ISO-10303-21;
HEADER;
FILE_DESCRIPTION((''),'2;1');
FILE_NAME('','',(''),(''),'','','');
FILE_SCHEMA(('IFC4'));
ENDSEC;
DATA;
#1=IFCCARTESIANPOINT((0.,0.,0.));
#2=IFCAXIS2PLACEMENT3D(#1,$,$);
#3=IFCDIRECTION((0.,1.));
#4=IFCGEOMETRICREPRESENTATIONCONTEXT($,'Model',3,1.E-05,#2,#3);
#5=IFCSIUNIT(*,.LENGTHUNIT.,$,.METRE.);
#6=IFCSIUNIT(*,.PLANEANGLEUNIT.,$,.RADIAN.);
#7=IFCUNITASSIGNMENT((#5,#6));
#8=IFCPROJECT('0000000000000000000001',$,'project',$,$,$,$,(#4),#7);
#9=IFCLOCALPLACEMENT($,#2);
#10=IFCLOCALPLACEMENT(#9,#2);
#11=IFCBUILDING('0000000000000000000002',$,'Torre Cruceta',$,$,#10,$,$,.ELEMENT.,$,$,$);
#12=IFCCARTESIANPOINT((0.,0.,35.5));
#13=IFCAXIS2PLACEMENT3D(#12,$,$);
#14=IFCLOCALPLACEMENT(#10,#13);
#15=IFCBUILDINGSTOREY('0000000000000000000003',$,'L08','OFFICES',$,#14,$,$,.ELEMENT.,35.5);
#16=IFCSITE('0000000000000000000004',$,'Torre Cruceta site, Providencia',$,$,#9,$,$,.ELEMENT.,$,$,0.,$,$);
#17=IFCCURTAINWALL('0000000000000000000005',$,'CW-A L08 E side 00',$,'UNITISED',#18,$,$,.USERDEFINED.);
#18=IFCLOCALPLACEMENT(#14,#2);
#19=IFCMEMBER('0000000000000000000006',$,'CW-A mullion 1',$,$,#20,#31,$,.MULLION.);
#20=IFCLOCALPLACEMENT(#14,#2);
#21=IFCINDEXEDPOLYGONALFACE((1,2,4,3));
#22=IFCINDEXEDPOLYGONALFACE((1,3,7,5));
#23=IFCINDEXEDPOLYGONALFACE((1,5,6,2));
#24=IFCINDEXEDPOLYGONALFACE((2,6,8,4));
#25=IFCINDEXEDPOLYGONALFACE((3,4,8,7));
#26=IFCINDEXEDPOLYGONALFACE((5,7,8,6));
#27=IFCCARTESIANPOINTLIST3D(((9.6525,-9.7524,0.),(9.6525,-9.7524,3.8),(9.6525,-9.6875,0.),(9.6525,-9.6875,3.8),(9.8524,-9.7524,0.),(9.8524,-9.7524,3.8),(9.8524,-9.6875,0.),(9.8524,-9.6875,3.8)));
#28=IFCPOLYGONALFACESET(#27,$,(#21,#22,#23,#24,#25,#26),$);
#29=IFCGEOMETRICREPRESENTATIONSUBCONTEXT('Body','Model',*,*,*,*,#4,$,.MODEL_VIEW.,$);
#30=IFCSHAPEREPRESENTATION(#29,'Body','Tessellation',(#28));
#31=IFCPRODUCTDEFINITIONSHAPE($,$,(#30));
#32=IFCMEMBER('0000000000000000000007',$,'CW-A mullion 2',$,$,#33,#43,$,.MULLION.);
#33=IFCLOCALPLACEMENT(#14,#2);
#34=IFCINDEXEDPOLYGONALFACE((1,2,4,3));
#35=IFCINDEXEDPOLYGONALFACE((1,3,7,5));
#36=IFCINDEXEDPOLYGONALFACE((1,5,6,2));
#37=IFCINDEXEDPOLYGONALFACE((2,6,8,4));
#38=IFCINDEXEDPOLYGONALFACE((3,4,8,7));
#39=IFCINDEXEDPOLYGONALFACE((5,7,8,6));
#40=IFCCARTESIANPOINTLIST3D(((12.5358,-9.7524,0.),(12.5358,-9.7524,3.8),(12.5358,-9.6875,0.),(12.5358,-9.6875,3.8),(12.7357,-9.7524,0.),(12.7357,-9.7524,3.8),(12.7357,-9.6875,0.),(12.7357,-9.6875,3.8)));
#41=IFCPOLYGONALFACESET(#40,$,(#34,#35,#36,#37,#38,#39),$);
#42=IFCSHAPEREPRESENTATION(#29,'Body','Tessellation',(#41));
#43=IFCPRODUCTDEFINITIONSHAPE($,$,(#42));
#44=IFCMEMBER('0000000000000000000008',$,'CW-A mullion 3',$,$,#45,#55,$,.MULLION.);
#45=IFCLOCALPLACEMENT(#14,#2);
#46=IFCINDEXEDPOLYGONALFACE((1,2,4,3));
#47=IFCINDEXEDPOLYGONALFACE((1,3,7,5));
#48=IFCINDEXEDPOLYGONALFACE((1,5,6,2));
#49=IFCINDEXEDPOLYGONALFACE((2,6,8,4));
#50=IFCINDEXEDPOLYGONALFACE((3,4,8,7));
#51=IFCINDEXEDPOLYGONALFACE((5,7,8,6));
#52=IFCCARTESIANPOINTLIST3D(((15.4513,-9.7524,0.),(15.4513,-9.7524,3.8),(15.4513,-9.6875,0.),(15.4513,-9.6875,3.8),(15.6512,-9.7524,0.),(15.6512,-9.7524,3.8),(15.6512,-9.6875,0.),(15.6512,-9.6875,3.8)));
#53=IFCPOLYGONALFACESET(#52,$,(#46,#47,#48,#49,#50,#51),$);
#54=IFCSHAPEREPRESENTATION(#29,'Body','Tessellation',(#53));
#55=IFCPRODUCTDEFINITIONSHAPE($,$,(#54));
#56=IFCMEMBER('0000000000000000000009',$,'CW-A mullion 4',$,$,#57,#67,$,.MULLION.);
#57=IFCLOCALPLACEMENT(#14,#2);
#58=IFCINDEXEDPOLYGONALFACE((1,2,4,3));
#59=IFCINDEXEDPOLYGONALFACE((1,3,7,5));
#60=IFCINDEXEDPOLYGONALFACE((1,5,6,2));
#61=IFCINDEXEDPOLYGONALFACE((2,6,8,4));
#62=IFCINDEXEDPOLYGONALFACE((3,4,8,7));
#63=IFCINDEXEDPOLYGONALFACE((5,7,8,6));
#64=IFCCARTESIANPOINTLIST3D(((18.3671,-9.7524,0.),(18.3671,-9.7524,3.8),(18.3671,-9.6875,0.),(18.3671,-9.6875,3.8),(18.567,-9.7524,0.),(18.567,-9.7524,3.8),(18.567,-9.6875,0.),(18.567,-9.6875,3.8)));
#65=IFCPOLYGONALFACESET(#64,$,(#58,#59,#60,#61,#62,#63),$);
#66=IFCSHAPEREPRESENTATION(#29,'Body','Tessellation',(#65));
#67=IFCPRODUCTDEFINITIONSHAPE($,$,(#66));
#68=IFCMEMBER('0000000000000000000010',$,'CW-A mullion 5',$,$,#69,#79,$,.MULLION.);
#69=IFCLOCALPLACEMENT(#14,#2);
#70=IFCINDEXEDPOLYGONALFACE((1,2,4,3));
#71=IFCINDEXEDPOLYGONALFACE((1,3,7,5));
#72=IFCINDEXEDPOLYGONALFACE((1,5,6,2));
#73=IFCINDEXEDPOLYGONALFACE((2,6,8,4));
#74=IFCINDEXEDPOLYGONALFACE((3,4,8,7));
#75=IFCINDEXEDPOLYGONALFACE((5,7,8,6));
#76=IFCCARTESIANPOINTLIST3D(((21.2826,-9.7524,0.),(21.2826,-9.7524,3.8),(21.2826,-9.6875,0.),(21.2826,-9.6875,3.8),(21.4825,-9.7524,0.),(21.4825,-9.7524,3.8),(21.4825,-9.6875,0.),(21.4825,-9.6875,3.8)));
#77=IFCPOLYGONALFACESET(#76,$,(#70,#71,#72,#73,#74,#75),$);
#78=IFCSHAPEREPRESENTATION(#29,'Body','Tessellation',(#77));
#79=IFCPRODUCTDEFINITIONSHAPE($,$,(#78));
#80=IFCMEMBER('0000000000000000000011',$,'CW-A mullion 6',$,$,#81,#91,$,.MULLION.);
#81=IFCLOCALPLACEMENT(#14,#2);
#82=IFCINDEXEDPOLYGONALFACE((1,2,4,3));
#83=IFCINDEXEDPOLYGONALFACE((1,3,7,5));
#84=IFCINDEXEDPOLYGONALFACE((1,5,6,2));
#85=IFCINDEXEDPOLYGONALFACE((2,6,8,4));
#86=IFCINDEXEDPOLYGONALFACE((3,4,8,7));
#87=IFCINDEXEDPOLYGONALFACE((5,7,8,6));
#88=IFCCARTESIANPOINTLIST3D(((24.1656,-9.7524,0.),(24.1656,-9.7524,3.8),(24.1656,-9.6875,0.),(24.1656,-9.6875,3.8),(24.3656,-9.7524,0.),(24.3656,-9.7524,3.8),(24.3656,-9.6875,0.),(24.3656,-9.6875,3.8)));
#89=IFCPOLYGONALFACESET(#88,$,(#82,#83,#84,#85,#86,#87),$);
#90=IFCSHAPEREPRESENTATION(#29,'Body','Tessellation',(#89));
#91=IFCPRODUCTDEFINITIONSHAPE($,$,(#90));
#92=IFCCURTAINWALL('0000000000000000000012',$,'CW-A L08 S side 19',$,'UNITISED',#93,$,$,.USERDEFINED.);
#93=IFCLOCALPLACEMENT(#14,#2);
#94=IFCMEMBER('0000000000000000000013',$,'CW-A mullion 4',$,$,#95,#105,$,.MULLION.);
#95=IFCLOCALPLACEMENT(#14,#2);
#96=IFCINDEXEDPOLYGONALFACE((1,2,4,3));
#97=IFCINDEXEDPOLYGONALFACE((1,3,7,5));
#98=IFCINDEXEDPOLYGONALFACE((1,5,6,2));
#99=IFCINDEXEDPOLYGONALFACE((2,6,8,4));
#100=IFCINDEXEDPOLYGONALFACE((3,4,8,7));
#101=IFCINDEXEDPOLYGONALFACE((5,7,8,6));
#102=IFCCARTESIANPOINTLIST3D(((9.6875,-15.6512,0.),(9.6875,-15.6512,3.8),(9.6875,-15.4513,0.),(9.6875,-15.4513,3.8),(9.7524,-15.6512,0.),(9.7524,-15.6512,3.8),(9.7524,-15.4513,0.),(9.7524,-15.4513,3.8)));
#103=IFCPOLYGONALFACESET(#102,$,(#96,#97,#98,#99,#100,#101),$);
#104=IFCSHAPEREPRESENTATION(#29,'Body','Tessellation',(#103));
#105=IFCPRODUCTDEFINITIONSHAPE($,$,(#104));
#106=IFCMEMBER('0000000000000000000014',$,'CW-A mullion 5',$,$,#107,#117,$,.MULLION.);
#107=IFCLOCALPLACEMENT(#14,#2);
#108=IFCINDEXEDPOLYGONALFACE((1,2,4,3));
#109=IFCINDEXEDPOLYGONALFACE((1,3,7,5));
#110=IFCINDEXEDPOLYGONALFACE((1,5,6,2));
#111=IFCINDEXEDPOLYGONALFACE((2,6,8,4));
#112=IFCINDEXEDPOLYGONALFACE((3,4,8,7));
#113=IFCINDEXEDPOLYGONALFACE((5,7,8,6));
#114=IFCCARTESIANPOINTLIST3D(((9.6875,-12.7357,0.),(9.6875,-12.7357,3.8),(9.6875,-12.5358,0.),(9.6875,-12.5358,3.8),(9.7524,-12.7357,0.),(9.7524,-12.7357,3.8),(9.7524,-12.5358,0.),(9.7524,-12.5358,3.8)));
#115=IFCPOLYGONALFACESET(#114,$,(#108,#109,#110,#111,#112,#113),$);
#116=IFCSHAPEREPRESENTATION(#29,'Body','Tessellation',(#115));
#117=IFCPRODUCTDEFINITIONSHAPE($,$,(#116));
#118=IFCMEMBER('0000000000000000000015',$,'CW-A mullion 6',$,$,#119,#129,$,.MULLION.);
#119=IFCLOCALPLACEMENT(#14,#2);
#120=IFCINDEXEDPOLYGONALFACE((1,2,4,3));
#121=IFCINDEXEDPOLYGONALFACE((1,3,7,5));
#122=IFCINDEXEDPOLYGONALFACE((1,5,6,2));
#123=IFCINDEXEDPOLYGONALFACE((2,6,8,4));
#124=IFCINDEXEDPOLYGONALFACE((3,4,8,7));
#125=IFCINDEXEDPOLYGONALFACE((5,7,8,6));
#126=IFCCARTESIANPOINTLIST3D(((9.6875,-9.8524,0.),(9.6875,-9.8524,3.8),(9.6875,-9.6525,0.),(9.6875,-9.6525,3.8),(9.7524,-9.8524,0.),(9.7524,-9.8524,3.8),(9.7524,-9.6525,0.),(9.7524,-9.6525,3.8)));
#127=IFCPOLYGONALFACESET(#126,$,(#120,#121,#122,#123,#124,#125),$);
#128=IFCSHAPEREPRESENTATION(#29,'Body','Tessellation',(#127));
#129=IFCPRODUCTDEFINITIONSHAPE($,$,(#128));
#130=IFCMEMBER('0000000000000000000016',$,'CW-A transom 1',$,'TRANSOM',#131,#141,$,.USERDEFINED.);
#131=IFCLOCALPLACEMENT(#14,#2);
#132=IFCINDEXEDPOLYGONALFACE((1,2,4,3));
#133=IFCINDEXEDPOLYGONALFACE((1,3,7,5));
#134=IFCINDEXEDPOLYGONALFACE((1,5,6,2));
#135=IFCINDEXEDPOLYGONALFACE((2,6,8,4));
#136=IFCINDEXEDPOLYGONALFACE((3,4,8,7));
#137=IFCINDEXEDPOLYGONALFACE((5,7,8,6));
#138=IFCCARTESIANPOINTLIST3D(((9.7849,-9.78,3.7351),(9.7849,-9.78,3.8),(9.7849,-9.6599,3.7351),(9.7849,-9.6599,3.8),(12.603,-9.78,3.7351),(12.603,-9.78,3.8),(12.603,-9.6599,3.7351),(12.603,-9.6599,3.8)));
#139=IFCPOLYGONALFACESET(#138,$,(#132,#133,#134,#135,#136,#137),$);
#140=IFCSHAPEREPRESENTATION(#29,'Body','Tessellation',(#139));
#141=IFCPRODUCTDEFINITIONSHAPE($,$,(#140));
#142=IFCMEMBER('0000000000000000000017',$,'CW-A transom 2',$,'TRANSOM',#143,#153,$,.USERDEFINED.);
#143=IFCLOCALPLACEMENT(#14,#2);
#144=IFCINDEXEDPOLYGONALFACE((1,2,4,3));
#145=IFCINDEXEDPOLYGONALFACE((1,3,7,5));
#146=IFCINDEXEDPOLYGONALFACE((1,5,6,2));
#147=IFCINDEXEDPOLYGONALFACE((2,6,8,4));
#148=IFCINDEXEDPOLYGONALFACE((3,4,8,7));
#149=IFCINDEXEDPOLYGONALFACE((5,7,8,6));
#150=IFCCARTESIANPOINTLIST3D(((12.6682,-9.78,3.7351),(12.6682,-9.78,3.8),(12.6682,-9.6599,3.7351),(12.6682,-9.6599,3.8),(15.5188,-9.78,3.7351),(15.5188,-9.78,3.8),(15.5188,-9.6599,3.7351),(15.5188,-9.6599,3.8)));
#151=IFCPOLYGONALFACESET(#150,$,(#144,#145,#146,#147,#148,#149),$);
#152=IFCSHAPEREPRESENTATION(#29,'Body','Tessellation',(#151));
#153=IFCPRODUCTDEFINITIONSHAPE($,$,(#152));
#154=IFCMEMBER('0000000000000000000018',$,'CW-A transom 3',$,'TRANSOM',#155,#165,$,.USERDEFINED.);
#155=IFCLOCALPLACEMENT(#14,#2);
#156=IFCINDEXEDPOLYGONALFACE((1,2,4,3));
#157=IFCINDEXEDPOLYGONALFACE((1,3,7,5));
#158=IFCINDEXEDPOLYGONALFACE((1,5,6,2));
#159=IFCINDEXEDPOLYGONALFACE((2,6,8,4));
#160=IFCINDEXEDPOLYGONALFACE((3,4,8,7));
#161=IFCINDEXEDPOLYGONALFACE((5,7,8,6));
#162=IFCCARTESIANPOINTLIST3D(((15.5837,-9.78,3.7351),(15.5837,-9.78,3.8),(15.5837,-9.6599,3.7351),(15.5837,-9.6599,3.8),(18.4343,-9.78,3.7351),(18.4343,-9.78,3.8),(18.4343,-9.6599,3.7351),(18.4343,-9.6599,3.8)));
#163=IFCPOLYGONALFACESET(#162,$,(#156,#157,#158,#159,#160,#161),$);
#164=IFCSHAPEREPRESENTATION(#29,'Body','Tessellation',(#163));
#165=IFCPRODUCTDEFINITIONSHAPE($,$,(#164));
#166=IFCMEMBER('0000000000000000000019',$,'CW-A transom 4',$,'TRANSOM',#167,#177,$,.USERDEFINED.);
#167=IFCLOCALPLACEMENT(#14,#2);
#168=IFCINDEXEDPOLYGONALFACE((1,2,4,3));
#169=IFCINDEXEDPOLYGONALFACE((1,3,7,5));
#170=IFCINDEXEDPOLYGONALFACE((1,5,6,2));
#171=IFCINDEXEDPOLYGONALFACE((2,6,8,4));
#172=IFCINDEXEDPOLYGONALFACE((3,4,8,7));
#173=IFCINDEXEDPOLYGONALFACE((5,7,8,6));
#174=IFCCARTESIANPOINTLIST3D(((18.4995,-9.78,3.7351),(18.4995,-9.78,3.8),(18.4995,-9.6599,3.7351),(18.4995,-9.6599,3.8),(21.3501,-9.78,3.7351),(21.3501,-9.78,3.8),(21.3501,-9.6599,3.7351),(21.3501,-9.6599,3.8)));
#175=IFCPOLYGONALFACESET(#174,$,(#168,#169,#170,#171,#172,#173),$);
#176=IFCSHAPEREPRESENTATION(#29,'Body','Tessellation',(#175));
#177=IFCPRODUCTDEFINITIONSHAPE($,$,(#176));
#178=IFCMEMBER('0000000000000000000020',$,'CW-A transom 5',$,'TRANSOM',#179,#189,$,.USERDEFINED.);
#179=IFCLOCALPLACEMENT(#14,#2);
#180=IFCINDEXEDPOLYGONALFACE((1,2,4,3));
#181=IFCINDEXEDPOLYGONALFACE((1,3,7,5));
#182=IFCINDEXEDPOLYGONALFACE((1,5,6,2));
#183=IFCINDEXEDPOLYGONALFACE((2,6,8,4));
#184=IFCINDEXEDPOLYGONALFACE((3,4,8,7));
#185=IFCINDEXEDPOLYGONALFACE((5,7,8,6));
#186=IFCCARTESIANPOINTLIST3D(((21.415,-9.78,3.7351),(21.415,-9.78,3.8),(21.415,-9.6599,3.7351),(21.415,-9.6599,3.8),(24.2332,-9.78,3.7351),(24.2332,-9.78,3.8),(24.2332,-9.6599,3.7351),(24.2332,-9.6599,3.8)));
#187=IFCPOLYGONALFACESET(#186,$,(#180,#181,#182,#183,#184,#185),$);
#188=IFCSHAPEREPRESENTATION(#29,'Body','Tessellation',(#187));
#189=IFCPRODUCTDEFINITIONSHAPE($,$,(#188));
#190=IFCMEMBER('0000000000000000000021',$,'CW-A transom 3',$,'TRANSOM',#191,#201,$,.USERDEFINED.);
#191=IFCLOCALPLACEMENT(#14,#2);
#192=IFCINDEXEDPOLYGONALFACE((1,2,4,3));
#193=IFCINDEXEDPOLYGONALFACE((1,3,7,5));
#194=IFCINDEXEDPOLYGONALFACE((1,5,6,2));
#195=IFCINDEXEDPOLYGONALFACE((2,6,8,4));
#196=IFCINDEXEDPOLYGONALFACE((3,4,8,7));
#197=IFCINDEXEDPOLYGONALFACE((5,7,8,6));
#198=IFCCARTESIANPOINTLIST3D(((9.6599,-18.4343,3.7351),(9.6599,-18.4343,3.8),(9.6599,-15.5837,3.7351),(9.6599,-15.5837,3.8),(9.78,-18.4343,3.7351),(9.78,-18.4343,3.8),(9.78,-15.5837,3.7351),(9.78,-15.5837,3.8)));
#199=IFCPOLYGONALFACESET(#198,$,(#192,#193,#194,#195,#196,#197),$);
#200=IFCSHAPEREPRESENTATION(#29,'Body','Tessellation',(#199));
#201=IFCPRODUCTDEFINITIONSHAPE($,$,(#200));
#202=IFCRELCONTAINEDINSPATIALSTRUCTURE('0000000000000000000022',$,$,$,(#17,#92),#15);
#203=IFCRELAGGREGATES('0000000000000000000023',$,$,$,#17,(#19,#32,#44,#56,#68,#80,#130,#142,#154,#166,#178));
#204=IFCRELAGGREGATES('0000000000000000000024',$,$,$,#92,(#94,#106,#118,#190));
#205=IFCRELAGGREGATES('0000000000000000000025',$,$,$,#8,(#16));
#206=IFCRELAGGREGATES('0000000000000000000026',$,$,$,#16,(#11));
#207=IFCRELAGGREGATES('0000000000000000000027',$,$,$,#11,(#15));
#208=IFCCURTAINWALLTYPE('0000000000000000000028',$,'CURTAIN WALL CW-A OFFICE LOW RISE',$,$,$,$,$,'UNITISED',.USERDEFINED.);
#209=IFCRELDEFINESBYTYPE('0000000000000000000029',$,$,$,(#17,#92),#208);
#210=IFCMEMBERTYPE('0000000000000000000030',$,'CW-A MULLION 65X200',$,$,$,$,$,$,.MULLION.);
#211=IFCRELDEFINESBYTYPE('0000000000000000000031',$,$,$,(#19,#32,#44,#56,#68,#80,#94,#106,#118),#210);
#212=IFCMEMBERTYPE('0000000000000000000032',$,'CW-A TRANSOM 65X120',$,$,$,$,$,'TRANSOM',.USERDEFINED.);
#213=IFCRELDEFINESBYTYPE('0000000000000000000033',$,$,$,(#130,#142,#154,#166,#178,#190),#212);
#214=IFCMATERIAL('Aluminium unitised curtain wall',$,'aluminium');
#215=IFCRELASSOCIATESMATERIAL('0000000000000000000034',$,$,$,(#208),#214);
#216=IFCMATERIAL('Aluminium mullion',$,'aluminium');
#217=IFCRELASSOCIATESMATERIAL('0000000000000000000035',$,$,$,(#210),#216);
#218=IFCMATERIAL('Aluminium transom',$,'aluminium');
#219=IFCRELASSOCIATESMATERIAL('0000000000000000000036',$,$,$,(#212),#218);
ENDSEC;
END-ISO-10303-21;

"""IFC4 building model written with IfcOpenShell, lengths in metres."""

from ifc_helpers import new_model, si_unit, direction, frame, origin, origin_2d, place, context, subcontext, project, spatial, rectangle, extrude, material, material_profile, profile_set, type_object, element, aggregate, save


model = new_model("IFC4")

# Units and contexts
model_context = context("Model", 3, precision=1e-05, world=origin(), true_north=direction((0.0, 1.0)))
body_context = subcontext(model_context, "Body", "Model", "MODEL_VIEW")
ifc_project = project(units=[si_unit("LENGTHUNIT", "METRE"), si_unit("PLANEANGLEUNIT", "RADIAN")], contexts=[model_context])

# Site, building, storey
site_placement = place(None, origin())
site = spatial("IfcSite", under=ifc_project, at=site_placement, Name="Torre Cruceta site, Providencia", CompositionType="ELEMENT", RefElevation=0.0)
building_placement = place(site_placement, origin())
building = spatial("IfcBuilding", under=site, at=building_placement, Name="Torre Cruceta", CompositionType="ELEMENT")
storey_placement = place(building_placement, frame((0.0, 0.0, 35.5)))
storey = spatial("IfcBuildingStorey", under=building, at=storey_placement, Name="L08", Description="OFFICES", CompositionType="ELEMENT", Elevation=35.5)

# Curtain walls, members
ifc_material_1 = material(Name="Aluminium unitised curtain wall", Category="aluminium")
curtain_wall_type = type_object("IfcCurtainWallType", Name="CURTAIN WALL CW-A OFFICE LOW RISE", ElementType="UNITISED", PredefinedType="USERDEFINED", material=ifc_material_1)
curtain_wall_1_placement = place(storey_placement, origin())
curtain_wall_1 = element("IfcCurtainWall", 1, at=curtain_wall_1_placement, inside=storey, type_object=curtain_wall_type, Name="CW-A L08 E side 00", ObjectType="UNITISED", PredefinedType="USERDEFINED")
ifc_material_2 = material(Name="Aluminium mullion", Category="aluminium")
ifc_material_profile_1 = material_profile(ifc_material_2, rectangle(XDim=0.0649, YDim=0.2, at=origin_2d()), Name="AL 65X200")
ifc_profile_set_1 = profile_set([ifc_material_profile_1], Name="Aluminium mullion")
member_type_1 = type_object("IfcMemberType", Name="CW-A MULLION 65X200", PredefinedType="MULLION", material=ifc_profile_set_1)
member_1_placement = place(storey_placement, frame((9.7524, -9.72, 0.0), z_axis=(0.0, 0.0, 1.0), x_axis=(0.0, 1.0, 0.0)))
member_1 = element("IfcMember", 2, at=member_1_placement, type_object=member_type_1, Name="CW-A mullion 1", PredefinedType="MULLION", context=body_context, shape_type="SweptSolid", body=[
    extrude(rectangle(XDim=0.0649, YDim=0.2, at=origin_2d()), origin(), (0.0, 0.0, 1.0), 3.8),
])
member_2_placement = place(storey_placement, frame((12.6357, -9.72, 0.0), z_axis=(0.0, 0.0, 1.0), x_axis=(0.0, 1.0, 0.0)))
member_2 = element("IfcMember", 3, at=member_2_placement, type_object=member_type_1, Name="CW-A mullion 2", PredefinedType="MULLION", context=body_context, shape_type="SweptSolid", body=[
    extrude(rectangle(XDim=0.0649, YDim=0.2, at=origin_2d()), origin(), (0.0, 0.0, 1.0), 3.8),
])
member_3_placement = place(storey_placement, frame((15.5513, -9.72, 0.0), z_axis=(0.0, 0.0, 1.0), x_axis=(0.0, 1.0, 0.0)))
member_3 = element("IfcMember", 4, at=member_3_placement, type_object=member_type_1, Name="CW-A mullion 3", PredefinedType="MULLION", context=body_context, shape_type="SweptSolid", body=[
    extrude(rectangle(XDim=0.0649, YDim=0.2, at=origin_2d()), origin(), (0.0, 0.0, 1.0), 3.8),
])
member_4_placement = place(storey_placement, frame((18.467, -9.72, 0.0), z_axis=(0.0, 0.0, 1.0), x_axis=(0.0, 1.0, 0.0)))
member_4 = element("IfcMember", 5, at=member_4_placement, type_object=member_type_1, Name="CW-A mullion 4", PredefinedType="MULLION", context=body_context, shape_type="SweptSolid", body=[
    extrude(rectangle(XDim=0.0649, YDim=0.2, at=origin_2d()), origin(), (0.0, 0.0, 1.0), 3.8),
])
member_5_placement = place(storey_placement, frame((21.3826, -9.72, 0.0), z_axis=(0.0, 0.0, 1.0), x_axis=(0.0, 1.0, 0.0)))
member_5 = element("IfcMember", 6, at=member_5_placement, type_object=member_type_1, Name="CW-A mullion 5", PredefinedType="MULLION", context=body_context, shape_type="SweptSolid", body=[
    extrude(rectangle(XDim=0.0649, YDim=0.2, at=origin_2d()), origin(), (0.0, 0.0, 1.0), 3.8),
])
member_6_placement = place(storey_placement, frame((24.2656, -9.72, 0.0), z_axis=(0.0, 0.0, 1.0), x_axis=(0.0, 1.0, 0.0)))
member_6 = element("IfcMember", 7, at=member_6_placement, type_object=member_type_1, Name="CW-A mullion 6", PredefinedType="MULLION", context=body_context, shape_type="SweptSolid", body=[
    extrude(rectangle(XDim=0.0649, YDim=0.2, at=origin_2d()), origin(), (0.0, 0.0, 1.0), 3.8),
])
curtain_wall_2_placement = place(storey_placement, origin())
curtain_wall_2 = element("IfcCurtainWall", 8, at=curtain_wall_2_placement, inside=storey, type_object=curtain_wall_type, Name="CW-A L08 S side 19", ObjectType="UNITISED", PredefinedType="USERDEFINED")
member_7_placement = place(storey_placement, frame((9.72, -15.5513, 0.0), z_axis=(0.0, 0.0, 1.0), x_axis=(-1.0, 0.0, 0.0)))
member_7 = element("IfcMember", 9, at=member_7_placement, type_object=member_type_1, Name="CW-A mullion 4", PredefinedType="MULLION", context=body_context, shape_type="SweptSolid", body=[
    extrude(rectangle(XDim=0.0649, YDim=0.2, at=origin_2d()), origin(), (0.0, 0.0, 1.0), 3.8),
])
member_8_placement = place(storey_placement, frame((9.72, -12.6357, 0.0), z_axis=(0.0, 0.0, 1.0), x_axis=(-1.0, 0.0, 0.0)))
member_8 = element("IfcMember", 10, at=member_8_placement, type_object=member_type_1, Name="CW-A mullion 5", PredefinedType="MULLION", context=body_context, shape_type="SweptSolid", body=[
    extrude(rectangle(XDim=0.0649, YDim=0.2, at=origin_2d()), origin(), (0.0, 0.0, 1.0), 3.8),
])
member_9_placement = place(storey_placement, frame((9.72, -9.7524, 0.0), z_axis=(0.0, 0.0, 1.0), x_axis=(-1.0, 0.0, 0.0)))
member_9 = element("IfcMember", 11, at=member_9_placement, type_object=member_type_1, Name="CW-A mullion 6", PredefinedType="MULLION", context=body_context, shape_type="SweptSolid", body=[
    extrude(rectangle(XDim=0.0649, YDim=0.2, at=origin_2d()), origin(), (0.0, 0.0, 1.0), 3.8),
])

# Members
ifc_material_3 = material(Name="Aluminium transom", Category="aluminium")
ifc_material_profile_2 = material_profile(ifc_material_3, rectangle(XDim=0.1201, YDim=0.0649, at=origin_2d()), Name="AL 120X65")
ifc_profile_set_2 = profile_set([ifc_material_profile_2], Name="Aluminium transom")
member_type_2 = type_object("IfcMemberType", Name="CW-A TRANSOM 65X120", ElementType="TRANSOM", PredefinedType="USERDEFINED", material=ifc_profile_set_2)
member_10_placement = place(storey_placement, frame((9.7849, -9.72, 3.7676), z_axis=(1.0, 0.0, 0.0), x_axis=(0.0, 1.0, 0.0)))
member_10 = element("IfcMember", 12, at=member_10_placement, type_object=member_type_2, Name="CW-A transom 1", ObjectType="TRANSOM", PredefinedType="USERDEFINED", context=body_context, shape_type="SweptSolid", body=[
    extrude(rectangle(XDim=0.1201, YDim=0.0649, at=origin_2d()), origin(), (0.0, 0.0, 1.0), 2.8181),
])
member_11_placement = place(storey_placement, frame((12.6682, -9.72, 3.7676), z_axis=(1.0, 0.0, 0.0), x_axis=(0.0, 1.0, 0.0)))
member_11 = element("IfcMember", 13, at=member_11_placement, type_object=member_type_2, Name="CW-A transom 2", ObjectType="TRANSOM", PredefinedType="USERDEFINED", context=body_context, shape_type="SweptSolid", body=[
    extrude(rectangle(XDim=0.1201, YDim=0.0649, at=origin_2d()), origin(), (0.0, 0.0, 1.0), 2.8506),
])
member_12_placement = place(storey_placement, frame((15.5837, -9.72, 3.7676), z_axis=(1.0, 0.0, 0.0), x_axis=(0.0, 1.0, 0.0)))
member_12 = element("IfcMember", 14, at=member_12_placement, type_object=member_type_2, Name="CW-A transom 3", ObjectType="TRANSOM", PredefinedType="USERDEFINED", context=body_context, shape_type="SweptSolid", body=[
    extrude(rectangle(XDim=0.1201, YDim=0.0649, at=origin_2d()), origin(), (0.0, 0.0, 1.0), 2.8506),
])
member_13_placement = place(storey_placement, frame((18.4995, -9.72, 3.7676), z_axis=(1.0, 0.0, 0.0), x_axis=(0.0, 1.0, 0.0)))
member_13 = element("IfcMember", 15, at=member_13_placement, type_object=member_type_2, Name="CW-A transom 4", ObjectType="TRANSOM", PredefinedType="USERDEFINED", context=body_context, shape_type="SweptSolid", body=[
    extrude(rectangle(XDim=0.1201, YDim=0.0649, at=origin_2d()), origin(), (0.0, 0.0, 1.0), 2.8506),
])
member_14_placement = place(storey_placement, frame((21.415, -9.72, 3.7676), z_axis=(1.0, 0.0, 0.0), x_axis=(0.0, 1.0, 0.0)))
member_14 = element("IfcMember", 16, at=member_14_placement, type_object=member_type_2, Name="CW-A transom 5", ObjectType="TRANSOM", PredefinedType="USERDEFINED", context=body_context, shape_type="SweptSolid", body=[
    extrude(rectangle(XDim=0.1201, YDim=0.0649, at=origin_2d()), origin(), (0.0, 0.0, 1.0), 2.8181),
])
member_15_placement = place(storey_placement, frame((9.72, -18.4343, 3.7676), z_axis=(0.0, 1.0, 0.0), x_axis=(-1.0, 0.0, 0.0)))
member_15 = element("IfcMember", 17, at=member_15_placement, type_object=member_type_2, Name="CW-A transom 3", ObjectType="TRANSOM", PredefinedType="USERDEFINED", context=body_context, shape_type="SweptSolid", body=[
    extrude(rectangle(XDim=0.1201, YDim=0.0649, at=origin_2d()), origin(), (0.0, 0.0, 1.0), 2.8506),
])

aggregate(curtain_wall_1, [member_1, member_2, member_3, member_4, member_5, member_6, member_10, member_11, member_12, member_13, member_14])
aggregate(curtain_wall_2, [member_7, member_8, member_9, member_15])

save(model, "model.ifc")
